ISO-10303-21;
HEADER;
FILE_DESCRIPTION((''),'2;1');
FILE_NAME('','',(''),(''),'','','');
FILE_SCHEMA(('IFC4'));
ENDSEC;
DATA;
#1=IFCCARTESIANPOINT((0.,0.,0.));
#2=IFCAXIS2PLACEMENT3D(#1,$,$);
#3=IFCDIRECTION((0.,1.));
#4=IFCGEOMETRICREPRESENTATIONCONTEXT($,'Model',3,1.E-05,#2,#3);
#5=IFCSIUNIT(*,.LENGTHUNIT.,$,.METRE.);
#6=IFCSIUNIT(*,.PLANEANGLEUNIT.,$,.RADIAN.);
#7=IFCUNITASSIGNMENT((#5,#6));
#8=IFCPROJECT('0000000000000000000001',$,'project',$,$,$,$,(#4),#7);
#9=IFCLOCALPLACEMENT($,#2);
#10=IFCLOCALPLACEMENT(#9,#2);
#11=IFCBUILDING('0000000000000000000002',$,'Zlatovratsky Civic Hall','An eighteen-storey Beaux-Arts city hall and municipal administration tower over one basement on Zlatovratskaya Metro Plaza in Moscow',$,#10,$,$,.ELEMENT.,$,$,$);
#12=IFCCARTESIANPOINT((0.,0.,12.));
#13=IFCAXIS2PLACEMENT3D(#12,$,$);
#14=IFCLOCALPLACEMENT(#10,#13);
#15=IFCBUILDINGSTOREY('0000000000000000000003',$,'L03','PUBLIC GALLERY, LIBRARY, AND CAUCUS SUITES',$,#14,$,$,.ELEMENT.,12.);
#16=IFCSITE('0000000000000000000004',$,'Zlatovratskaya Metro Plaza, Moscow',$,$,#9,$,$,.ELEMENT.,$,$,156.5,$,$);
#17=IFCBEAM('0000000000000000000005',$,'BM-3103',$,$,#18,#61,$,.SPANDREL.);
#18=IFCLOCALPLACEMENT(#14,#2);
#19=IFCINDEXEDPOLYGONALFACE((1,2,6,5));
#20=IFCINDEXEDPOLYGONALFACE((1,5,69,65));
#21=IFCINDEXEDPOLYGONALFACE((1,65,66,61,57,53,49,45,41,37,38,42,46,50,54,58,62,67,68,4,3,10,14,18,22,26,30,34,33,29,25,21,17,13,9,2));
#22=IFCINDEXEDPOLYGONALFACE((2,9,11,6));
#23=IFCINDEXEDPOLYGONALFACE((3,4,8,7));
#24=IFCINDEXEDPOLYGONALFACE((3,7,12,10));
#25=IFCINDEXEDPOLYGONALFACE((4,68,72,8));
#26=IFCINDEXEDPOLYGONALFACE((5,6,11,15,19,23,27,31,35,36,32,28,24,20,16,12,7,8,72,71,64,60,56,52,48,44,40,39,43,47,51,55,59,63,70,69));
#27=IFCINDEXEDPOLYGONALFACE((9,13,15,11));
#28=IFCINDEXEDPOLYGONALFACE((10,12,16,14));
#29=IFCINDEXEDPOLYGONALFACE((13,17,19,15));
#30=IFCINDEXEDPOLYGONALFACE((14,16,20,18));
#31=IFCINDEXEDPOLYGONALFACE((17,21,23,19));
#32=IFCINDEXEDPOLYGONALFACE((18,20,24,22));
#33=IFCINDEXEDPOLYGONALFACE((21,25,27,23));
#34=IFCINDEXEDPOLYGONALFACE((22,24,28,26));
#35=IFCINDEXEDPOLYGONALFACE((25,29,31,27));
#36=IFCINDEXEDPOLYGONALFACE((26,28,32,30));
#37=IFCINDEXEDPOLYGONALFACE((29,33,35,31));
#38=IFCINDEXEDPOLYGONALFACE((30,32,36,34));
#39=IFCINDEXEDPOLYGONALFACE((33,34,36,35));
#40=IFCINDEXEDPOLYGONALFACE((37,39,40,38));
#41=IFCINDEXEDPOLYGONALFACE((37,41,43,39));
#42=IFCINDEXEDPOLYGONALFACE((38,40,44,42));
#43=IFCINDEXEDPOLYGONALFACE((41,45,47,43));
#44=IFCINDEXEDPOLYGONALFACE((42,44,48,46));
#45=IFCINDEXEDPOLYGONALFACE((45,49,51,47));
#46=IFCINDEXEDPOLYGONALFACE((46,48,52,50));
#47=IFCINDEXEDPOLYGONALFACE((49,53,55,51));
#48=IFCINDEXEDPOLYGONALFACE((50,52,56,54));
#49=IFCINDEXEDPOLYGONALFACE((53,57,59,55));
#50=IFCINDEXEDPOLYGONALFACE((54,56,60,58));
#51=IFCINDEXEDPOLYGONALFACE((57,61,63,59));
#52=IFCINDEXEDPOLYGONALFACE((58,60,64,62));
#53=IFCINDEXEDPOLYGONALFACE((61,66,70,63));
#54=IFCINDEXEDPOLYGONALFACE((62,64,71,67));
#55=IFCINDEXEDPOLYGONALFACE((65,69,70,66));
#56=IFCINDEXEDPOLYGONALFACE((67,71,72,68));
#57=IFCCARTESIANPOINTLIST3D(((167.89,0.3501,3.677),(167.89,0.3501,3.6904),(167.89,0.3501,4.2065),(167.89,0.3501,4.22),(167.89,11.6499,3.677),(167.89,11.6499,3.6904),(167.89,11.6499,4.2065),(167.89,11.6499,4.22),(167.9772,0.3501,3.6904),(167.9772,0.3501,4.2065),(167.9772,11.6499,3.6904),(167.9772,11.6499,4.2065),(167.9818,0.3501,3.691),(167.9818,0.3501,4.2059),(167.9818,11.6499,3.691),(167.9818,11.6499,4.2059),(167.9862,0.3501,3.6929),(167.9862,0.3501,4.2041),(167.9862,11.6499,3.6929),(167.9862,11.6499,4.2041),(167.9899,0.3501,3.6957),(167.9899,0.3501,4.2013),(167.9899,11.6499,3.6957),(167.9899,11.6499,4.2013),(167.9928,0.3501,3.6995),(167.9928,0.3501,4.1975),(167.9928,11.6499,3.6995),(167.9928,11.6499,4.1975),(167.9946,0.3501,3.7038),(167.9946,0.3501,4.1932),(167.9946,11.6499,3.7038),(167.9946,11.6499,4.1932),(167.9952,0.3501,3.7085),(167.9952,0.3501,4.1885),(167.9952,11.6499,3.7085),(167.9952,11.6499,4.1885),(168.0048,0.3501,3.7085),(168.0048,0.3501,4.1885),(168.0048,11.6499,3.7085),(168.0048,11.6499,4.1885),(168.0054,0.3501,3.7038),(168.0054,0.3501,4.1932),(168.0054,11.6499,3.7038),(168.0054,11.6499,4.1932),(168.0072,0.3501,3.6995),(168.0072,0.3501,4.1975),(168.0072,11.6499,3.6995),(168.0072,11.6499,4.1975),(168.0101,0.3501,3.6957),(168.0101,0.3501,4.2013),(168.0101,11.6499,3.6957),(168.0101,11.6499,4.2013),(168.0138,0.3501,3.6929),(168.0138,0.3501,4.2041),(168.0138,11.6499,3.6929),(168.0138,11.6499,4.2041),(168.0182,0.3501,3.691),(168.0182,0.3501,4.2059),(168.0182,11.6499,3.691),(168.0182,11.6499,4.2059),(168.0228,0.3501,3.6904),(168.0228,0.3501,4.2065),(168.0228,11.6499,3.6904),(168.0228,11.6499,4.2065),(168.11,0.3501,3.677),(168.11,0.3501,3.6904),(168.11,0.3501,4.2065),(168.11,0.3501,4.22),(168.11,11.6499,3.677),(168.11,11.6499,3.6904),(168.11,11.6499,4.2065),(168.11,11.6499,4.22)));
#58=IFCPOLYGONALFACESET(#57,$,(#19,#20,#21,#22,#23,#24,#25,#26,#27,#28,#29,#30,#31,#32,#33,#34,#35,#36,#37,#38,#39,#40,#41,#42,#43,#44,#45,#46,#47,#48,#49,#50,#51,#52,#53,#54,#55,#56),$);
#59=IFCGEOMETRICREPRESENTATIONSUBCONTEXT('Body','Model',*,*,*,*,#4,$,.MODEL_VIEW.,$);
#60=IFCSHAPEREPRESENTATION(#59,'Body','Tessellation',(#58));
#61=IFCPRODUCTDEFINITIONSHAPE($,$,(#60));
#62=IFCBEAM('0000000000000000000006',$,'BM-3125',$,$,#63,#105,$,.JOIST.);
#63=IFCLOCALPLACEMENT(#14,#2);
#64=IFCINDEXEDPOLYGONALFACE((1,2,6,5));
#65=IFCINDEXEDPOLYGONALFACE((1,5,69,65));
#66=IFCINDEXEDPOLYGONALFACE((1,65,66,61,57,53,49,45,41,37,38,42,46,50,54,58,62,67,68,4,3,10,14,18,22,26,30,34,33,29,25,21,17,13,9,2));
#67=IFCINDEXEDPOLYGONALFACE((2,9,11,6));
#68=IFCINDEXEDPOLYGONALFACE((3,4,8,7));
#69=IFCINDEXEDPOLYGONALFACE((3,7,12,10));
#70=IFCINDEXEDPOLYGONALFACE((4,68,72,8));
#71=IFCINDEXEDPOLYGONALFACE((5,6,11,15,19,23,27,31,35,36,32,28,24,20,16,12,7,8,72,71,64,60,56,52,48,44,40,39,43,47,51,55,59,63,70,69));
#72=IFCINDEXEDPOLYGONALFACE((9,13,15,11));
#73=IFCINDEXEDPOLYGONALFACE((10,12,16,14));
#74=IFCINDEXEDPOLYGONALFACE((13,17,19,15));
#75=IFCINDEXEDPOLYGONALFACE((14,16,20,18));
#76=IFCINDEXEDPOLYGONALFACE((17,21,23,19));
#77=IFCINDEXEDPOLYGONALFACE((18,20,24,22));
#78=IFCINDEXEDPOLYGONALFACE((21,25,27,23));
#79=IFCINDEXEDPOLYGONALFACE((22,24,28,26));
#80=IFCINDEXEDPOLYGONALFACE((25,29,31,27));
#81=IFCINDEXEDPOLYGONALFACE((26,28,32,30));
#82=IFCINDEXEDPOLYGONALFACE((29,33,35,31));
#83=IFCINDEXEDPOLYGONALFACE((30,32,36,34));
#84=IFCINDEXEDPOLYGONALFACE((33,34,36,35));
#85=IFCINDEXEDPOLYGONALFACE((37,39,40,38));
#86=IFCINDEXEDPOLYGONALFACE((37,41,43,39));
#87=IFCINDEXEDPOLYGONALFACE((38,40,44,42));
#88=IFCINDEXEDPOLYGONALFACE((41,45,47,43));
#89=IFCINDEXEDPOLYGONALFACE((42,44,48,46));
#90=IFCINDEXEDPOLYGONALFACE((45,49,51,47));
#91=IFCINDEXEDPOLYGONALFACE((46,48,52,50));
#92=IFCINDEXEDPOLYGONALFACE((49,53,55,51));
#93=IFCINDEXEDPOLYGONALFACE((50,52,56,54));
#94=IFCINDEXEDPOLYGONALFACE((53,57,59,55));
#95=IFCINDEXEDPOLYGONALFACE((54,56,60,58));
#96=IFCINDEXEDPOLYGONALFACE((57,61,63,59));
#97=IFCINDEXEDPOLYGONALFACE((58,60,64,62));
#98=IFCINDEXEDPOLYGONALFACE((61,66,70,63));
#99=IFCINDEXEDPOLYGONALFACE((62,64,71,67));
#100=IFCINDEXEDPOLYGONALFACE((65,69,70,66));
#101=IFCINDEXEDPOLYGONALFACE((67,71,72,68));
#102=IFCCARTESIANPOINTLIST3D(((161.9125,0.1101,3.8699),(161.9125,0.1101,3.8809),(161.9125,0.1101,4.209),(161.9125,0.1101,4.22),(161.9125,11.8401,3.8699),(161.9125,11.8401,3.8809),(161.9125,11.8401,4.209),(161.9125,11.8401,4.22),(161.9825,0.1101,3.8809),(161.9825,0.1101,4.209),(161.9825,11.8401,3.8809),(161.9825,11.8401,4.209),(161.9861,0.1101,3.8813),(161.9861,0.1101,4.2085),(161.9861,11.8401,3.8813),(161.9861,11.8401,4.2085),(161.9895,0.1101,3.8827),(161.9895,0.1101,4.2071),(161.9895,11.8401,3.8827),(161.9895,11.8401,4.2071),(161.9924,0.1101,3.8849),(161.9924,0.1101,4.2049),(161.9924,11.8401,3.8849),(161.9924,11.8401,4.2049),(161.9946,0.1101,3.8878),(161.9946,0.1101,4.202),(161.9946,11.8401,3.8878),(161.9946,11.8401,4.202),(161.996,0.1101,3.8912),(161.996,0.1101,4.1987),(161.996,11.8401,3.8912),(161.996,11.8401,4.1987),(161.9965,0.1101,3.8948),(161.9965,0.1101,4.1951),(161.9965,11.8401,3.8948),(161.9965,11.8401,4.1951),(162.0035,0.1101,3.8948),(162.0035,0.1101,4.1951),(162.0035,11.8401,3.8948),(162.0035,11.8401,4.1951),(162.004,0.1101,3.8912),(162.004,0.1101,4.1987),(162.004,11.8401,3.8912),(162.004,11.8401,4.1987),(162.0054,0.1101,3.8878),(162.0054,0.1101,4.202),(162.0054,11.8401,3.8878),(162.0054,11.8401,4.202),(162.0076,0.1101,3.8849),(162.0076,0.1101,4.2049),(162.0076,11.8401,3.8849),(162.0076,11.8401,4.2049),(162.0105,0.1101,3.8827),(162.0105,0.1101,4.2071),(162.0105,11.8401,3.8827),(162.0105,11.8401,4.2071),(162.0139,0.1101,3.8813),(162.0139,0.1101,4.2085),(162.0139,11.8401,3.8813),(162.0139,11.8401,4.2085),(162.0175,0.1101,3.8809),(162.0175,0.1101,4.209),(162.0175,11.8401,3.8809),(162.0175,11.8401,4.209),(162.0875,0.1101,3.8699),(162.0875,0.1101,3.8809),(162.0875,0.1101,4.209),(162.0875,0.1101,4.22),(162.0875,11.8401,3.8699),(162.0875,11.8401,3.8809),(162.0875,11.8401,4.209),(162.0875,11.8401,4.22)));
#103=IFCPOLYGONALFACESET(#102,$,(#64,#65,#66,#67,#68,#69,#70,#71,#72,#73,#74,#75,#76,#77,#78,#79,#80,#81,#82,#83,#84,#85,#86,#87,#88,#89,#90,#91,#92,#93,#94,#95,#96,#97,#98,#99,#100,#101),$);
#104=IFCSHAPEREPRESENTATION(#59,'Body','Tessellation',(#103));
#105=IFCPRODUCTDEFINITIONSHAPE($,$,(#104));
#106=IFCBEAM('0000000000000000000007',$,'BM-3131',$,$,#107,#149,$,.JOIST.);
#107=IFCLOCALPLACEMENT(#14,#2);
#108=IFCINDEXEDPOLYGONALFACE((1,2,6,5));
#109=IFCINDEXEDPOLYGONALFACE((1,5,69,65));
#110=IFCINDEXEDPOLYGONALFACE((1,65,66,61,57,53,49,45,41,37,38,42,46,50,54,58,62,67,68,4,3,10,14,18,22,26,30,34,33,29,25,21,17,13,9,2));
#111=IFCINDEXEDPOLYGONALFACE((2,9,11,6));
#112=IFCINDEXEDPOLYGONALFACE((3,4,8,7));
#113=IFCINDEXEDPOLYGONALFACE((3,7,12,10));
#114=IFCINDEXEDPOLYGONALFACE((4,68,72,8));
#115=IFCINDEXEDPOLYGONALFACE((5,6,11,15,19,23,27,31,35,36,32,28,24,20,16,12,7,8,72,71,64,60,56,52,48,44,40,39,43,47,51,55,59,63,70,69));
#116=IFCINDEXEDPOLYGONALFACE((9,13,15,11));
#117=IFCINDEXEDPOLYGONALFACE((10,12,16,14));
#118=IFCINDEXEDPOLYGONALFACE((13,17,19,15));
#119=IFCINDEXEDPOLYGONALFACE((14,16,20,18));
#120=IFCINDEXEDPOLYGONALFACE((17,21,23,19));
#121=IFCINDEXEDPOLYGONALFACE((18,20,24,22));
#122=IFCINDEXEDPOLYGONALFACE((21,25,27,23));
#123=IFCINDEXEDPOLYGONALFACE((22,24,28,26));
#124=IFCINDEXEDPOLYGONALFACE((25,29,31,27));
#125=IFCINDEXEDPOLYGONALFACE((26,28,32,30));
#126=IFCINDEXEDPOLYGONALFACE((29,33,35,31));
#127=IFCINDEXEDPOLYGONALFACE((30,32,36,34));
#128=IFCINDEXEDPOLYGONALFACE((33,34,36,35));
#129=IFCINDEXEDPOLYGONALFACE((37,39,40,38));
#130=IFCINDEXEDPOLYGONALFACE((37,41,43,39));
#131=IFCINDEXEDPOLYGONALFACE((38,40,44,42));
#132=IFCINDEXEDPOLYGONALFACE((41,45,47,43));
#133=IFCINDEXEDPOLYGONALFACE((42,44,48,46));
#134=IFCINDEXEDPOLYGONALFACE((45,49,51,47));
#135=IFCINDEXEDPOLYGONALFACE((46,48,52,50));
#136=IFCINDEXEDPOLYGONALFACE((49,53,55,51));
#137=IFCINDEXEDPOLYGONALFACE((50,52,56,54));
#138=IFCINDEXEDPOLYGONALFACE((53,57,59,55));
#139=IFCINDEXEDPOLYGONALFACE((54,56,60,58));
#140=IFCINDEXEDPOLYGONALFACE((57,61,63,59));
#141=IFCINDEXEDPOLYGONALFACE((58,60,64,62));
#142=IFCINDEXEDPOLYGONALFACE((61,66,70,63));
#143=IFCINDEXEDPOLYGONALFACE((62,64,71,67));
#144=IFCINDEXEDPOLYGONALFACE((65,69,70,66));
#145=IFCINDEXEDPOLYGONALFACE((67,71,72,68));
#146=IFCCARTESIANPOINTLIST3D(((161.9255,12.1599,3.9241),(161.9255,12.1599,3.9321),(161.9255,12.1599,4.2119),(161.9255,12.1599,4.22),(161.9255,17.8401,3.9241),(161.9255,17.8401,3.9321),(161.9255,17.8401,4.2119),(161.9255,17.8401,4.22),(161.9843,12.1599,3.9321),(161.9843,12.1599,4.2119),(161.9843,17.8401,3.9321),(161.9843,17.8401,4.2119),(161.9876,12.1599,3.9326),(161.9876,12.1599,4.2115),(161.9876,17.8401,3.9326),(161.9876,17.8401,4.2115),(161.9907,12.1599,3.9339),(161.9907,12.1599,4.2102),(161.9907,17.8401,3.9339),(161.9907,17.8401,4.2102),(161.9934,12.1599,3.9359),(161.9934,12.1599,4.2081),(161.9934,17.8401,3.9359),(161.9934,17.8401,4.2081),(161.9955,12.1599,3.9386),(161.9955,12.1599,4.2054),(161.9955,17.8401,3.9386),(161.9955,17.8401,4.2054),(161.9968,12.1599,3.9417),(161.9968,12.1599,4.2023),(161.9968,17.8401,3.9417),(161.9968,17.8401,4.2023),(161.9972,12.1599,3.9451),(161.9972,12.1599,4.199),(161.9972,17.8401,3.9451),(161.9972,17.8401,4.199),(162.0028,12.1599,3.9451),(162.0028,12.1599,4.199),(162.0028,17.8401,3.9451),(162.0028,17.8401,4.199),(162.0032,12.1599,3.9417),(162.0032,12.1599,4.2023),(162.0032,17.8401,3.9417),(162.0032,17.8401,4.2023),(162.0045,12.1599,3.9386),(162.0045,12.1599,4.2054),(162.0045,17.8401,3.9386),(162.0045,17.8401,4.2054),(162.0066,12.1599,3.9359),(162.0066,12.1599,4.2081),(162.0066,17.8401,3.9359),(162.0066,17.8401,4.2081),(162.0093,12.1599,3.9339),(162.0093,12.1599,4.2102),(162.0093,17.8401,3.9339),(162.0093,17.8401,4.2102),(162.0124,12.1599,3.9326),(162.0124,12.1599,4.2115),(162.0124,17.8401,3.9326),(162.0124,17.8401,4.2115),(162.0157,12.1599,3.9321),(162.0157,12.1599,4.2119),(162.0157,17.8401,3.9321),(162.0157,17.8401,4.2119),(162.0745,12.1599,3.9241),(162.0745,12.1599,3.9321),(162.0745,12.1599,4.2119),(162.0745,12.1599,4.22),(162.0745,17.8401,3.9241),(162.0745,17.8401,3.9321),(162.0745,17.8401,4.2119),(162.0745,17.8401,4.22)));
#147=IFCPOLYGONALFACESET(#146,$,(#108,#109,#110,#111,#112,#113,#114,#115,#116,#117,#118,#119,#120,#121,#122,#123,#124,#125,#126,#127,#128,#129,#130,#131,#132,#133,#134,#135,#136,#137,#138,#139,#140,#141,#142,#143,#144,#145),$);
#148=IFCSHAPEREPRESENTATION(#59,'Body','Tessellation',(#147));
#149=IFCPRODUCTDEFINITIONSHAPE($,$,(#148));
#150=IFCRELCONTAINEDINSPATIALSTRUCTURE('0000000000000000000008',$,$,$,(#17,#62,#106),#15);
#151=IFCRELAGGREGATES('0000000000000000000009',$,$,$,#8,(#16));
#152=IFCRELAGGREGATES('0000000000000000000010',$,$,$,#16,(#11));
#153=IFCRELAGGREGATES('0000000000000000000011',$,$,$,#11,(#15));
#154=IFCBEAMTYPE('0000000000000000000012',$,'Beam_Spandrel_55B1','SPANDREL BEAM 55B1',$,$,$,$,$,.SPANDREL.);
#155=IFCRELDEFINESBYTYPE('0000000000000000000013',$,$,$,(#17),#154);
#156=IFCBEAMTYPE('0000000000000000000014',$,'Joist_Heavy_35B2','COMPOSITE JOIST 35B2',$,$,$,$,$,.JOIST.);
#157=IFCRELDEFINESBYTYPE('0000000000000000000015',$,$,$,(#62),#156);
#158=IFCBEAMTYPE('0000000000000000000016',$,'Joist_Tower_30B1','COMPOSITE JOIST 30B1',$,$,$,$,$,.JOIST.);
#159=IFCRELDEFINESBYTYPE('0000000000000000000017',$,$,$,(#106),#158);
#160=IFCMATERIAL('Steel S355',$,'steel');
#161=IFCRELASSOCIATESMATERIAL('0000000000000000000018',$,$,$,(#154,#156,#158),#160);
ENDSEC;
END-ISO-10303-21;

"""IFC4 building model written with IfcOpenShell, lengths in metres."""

from ifc_helpers import new_model, si_unit, direction, frame, origin, origin_2d, place, context, subcontext, project, spatial, i_section, extrude, material, material_profile, profile_set, type_object, element, save


model = new_model("IFC4")

# Units and contexts
model_context = context("Model", 3, precision=1e-05, world=origin(), true_north=direction((0.0, 1.0)))
body_context = subcontext(model_context, "Body", "Model", "MODEL_VIEW")
ifc_project = project(units=[si_unit("LENGTHUNIT", "METRE"), si_unit("PLANEANGLEUNIT", "RADIAN")], contexts=[model_context])

# Site, building, storey
site_placement = place(None, origin())
site = spatial("IfcSite", under=ifc_project, at=site_placement, Name="Zlatovratskaya Metro Plaza, Moscow", CompositionType="ELEMENT", RefElevation=156.5)
building_placement = place(site_placement, origin())
building = spatial("IfcBuilding", under=site, at=building_placement, Name="Zlatovratsky Civic Hall", Description="An eighteen-storey Beaux-Arts city hall and municipal administration tower over one basement on Zlatovratskaya Metro Plaza in Moscow", CompositionType="ELEMENT")
storey_placement = place(building_placement, frame((0.0, 0.0, 12.0)))
storey = spatial("IfcBuildingStorey", under=building, at=storey_placement, Name="L03", Description="PUBLIC GALLERY, LIBRARY, AND CAUCUS SUITES", CompositionType="ELEMENT", Elevation=12.0)

# Shared definitions
ifc_material_1 = material(Name="Steel S355", Category="steel")

# Beams
ifc_material_profile_1 = material_profile(ifc_material_1, i_section(OverallWidth=0.22, OverallDepth=0.543, WebThickness=0.0095, FlangeThickness=0.0134, FilletRadius=0.0181, at=origin_2d()), Name="55B1")
ifc_profile_set_1 = profile_set([ifc_material_profile_1], Name="Steel S355")
beam_type_1 = type_object("IfcBeamType", Name="Beam_Spandrel_55B1", Description="SPANDREL BEAM 55B1", PredefinedType="SPANDREL", material=ifc_profile_set_1)
for number, where, z_axis, x_axis, name in (
    (1, (168.0, 0.3501, 3.9485), (0.0, 1.0, 0.0), (-1.0, 0.0, 0.0), "BM-3103"),
):
    element("IfcBeam", number, at=place(storey_placement, frame(where, z_axis=z_axis, x_axis=x_axis)), inside=storey, type_object=beam_type_1, Name=name, PredefinedType="SPANDREL", context=body_context, shape_type="SweptSolid", body=[
        extrude(i_section(OverallWidth=0.22, OverallDepth=0.543, WebThickness=0.0095, FlangeThickness=0.0134, FilletRadius=0.0181, at=origin_2d()), origin(), (0.0, 0.0, 1.0), 11.2998),
    ])
ifc_material_profile_2 = material_profile(ifc_material_1, i_section(OverallWidth=0.175, OverallDepth=0.3501, WebThickness=0.0071, FlangeThickness=0.011, FilletRadius=0.0139, at=origin_2d()), Name="35B2")
ifc_profile_set_2 = profile_set([ifc_material_profile_2], Name="Steel S355")
beam_type_2 = type_object("IfcBeamType", Name="Joist_Heavy_35B2", Description="COMPOSITE JOIST 35B2", PredefinedType="JOIST", material=ifc_profile_set_2)
beam_1_placement = place(storey_placement, frame((162.0, 0.1101, 4.0449), z_axis=(0.0, 1.0, 0.0), x_axis=(-1.0, 0.0, 0.0)))
element("IfcBeam", 2, at=beam_1_placement, inside=storey, type_object=beam_type_2, Name="BM-3125", PredefinedType="JOIST", context=body_context, shape_type="SweptSolid", body=[
    extrude(i_section(OverallWidth=0.175, OverallDepth=0.3501, WebThickness=0.0071, FlangeThickness=0.011, FilletRadius=0.0139, at=origin_2d()), origin(), (0.0, 0.0, 1.0), 11.73),
])
ifc_material_profile_3 = material_profile(ifc_material_1, i_section(OverallWidth=0.1489, OverallDepth=0.2959, WebThickness=0.0056, FlangeThickness=0.0081, FilletRadius=0.0129, at=origin_2d()), Name="30B1")
ifc_profile_set_3 = profile_set([ifc_material_profile_3], Name="Steel S355")
beam_type_3 = type_object("IfcBeamType", Name="Joist_Tower_30B1", Description="COMPOSITE JOIST 30B1", PredefinedType="JOIST", material=ifc_profile_set_3)
beam_2_placement = place(storey_placement, frame((162.0, 12.1599, 4.072), z_axis=(0.0, 1.0, 0.0), x_axis=(-1.0, 0.0, 0.0)))
element("IfcBeam", 3, at=beam_2_placement, inside=storey, type_object=beam_type_3, Name="BM-3131", PredefinedType="JOIST", context=body_context, shape_type="SweptSolid", body=[
    extrude(i_section(OverallWidth=0.1489, OverallDepth=0.2959, WebThickness=0.0056, FlangeThickness=0.0081, FilletRadius=0.0129, at=origin_2d()), origin(), (0.0, 0.0, 1.0), 5.6802),
])

save(model, "model.ifc")
